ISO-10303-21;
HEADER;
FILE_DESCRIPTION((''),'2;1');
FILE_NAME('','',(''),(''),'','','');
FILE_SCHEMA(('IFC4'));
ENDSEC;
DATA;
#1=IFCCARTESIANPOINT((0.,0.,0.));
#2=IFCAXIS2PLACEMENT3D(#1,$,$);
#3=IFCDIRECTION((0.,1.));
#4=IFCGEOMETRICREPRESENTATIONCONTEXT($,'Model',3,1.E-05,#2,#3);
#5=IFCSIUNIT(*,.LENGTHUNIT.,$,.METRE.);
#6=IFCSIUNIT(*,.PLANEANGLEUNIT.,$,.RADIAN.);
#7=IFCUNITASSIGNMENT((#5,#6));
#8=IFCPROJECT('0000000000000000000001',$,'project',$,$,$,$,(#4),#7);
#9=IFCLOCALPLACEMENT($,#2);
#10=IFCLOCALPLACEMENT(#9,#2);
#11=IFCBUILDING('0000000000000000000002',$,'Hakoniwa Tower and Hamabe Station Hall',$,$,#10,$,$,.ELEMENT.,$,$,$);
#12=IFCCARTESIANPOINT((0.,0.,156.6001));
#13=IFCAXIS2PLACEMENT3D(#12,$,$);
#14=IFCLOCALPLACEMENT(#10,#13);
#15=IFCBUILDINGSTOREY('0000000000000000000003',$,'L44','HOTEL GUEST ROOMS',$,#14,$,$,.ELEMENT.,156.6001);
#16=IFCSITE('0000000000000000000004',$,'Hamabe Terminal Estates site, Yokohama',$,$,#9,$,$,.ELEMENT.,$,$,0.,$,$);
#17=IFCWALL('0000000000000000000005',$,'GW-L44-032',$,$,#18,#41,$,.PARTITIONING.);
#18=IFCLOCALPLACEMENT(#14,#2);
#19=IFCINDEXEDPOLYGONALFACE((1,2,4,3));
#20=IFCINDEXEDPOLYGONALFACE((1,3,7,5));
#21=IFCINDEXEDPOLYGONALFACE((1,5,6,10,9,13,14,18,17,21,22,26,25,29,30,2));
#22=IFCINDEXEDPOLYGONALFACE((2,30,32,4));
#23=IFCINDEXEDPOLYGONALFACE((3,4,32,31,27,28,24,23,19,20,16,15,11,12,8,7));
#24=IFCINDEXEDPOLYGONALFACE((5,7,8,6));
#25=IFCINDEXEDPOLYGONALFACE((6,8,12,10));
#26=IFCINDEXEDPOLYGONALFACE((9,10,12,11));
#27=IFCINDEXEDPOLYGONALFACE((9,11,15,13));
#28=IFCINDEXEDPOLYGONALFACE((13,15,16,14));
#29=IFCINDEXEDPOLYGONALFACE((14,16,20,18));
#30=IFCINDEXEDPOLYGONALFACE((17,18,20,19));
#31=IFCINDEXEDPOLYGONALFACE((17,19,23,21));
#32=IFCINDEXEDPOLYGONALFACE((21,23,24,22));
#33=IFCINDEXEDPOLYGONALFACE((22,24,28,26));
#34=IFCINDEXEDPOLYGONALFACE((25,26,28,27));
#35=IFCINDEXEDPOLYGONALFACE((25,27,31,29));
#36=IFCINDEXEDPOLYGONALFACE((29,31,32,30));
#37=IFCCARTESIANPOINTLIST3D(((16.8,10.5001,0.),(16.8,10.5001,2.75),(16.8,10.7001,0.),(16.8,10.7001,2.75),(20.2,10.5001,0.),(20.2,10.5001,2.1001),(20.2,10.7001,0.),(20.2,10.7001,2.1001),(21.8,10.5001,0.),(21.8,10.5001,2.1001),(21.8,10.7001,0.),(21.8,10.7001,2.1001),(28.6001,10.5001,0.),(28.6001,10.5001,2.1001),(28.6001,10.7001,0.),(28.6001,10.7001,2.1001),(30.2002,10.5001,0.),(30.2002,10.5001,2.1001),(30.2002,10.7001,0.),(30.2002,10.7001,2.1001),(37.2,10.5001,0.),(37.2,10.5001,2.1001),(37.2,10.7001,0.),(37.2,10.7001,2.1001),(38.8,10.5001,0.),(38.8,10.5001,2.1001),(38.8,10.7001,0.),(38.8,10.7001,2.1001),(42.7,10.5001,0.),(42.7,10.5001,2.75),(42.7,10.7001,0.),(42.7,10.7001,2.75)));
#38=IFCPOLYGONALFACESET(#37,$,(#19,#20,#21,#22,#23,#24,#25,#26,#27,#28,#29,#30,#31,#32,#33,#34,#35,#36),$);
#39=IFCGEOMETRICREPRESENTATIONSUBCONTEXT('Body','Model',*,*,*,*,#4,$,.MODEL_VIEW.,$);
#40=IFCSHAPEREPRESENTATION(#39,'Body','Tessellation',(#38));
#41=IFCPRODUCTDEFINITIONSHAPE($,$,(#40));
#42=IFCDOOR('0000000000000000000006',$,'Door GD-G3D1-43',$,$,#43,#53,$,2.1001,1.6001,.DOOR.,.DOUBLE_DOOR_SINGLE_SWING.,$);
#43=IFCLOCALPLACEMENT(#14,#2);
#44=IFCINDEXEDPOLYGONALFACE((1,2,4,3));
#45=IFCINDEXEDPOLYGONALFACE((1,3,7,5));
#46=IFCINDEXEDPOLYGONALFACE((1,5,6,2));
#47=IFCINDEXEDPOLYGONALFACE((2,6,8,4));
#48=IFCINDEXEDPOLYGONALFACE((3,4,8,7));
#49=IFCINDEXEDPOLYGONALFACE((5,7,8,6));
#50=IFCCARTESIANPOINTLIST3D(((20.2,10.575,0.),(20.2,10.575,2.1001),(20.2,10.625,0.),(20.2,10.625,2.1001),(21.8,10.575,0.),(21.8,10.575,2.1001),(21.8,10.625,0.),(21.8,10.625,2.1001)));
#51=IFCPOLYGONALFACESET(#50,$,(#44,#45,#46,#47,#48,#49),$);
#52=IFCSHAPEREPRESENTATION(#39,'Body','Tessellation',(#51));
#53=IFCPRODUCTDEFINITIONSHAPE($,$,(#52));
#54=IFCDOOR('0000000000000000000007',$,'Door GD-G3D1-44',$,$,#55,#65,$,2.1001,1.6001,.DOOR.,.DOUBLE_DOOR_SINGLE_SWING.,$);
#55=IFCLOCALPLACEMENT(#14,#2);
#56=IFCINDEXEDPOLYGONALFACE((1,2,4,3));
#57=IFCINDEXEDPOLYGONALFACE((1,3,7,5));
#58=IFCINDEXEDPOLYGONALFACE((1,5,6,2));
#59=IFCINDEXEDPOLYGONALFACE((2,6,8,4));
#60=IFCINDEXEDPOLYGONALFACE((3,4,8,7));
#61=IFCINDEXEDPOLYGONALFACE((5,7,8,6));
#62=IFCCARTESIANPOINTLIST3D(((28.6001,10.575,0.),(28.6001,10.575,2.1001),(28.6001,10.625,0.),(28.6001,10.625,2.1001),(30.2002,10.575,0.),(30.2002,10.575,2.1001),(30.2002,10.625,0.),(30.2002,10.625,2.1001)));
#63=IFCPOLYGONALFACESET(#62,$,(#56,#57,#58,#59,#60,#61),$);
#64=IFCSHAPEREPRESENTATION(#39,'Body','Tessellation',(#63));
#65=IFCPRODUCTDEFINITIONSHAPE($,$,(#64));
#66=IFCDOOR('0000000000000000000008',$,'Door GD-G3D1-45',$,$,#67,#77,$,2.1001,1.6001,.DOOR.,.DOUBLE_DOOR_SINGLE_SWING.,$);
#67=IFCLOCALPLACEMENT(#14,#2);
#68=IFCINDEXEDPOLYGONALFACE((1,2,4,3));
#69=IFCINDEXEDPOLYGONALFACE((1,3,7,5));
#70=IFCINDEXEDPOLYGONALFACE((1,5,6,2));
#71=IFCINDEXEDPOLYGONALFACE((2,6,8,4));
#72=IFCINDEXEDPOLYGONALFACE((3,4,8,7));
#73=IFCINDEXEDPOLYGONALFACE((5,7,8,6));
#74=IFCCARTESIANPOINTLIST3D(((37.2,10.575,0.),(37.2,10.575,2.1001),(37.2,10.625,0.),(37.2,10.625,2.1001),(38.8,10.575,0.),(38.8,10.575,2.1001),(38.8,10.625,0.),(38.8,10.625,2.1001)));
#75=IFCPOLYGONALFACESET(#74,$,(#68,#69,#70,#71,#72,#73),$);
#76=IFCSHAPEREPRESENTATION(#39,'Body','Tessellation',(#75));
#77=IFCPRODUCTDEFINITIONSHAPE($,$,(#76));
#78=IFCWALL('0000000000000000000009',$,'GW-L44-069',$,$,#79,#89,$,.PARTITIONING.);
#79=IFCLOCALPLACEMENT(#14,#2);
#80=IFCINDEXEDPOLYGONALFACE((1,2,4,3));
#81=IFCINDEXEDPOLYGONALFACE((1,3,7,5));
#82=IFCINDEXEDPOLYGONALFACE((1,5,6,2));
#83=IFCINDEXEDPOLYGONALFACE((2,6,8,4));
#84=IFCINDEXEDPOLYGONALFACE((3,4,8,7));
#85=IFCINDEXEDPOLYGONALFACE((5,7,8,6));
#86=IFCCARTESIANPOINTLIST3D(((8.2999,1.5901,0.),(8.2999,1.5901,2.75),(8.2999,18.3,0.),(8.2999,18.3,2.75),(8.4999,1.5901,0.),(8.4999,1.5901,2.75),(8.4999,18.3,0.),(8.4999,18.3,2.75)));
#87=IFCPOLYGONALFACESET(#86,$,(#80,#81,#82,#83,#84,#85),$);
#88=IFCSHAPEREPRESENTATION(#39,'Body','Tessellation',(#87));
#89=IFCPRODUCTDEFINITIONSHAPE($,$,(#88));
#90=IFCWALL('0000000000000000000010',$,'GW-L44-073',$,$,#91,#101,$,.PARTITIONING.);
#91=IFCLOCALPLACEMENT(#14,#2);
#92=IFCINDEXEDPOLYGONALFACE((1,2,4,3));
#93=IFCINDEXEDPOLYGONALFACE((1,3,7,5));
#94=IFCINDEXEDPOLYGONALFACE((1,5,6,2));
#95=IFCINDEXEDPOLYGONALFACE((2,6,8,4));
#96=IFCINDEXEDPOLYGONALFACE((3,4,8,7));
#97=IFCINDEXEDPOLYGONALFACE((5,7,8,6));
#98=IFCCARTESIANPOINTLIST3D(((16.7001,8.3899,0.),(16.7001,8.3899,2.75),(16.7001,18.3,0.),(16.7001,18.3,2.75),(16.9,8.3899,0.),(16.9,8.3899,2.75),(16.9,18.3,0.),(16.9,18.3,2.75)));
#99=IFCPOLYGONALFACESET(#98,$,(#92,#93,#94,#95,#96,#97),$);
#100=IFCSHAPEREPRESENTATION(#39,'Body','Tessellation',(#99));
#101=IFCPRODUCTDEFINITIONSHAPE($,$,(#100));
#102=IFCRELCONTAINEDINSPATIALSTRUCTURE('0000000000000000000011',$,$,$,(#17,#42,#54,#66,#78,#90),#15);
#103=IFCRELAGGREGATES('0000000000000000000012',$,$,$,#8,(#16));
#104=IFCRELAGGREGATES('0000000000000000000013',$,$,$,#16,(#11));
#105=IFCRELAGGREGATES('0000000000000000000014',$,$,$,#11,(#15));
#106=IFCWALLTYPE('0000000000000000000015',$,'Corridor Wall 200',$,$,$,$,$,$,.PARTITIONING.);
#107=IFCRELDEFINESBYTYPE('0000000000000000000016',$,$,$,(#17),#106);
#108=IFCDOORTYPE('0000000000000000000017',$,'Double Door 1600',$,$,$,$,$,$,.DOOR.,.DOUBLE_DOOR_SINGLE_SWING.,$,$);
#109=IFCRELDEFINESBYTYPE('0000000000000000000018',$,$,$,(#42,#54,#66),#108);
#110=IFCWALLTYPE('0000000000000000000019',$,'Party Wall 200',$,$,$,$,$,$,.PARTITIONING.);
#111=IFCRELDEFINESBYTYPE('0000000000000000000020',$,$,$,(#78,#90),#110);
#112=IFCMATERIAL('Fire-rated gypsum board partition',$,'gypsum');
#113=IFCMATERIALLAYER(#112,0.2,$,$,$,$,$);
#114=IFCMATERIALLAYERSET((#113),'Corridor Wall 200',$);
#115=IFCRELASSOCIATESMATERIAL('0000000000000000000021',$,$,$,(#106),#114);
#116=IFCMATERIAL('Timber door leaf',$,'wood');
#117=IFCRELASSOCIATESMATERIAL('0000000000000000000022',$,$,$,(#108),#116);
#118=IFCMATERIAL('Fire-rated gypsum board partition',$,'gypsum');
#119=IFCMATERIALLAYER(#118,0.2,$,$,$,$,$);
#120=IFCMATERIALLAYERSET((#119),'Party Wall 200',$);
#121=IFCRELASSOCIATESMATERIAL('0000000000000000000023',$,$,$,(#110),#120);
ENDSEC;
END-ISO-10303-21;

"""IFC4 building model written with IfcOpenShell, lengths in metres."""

from ifc_helpers import new_model, si_unit, direction, frame, frame_2d, origin, place, context, subcontext, project, spatial, rectangle, extrude, material, layer, layer_set, type_object, element, fill, save


model = new_model("IFC4")

# Units and contexts
model_context = context("Model", 3, precision=1e-05, world=origin(), true_north=direction((0.0, 1.0)))
body_context = subcontext(model_context, "Body", "Model", "MODEL_VIEW")
ifc_project = project(units=[si_unit("LENGTHUNIT", "METRE"), si_unit("PLANEANGLEUNIT", "RADIAN")], contexts=[model_context])

# Site, building, storey
site_placement = place(None, origin())
site = spatial("IfcSite", under=ifc_project, at=site_placement, Name="Hamabe Terminal Estates site, Yokohama", CompositionType="ELEMENT", RefElevation=0.0)
building_placement = place(site_placement, origin())
building = spatial("IfcBuilding", under=site, at=building_placement, Name="Hakoniwa Tower and Hamabe Station Hall", CompositionType="ELEMENT")
storey_placement = place(building_placement, frame((0.0, 0.0, 156.6001)))
storey = spatial("IfcBuildingStorey", under=building, at=storey_placement, Name="L44", Description="HOTEL GUEST ROOMS", CompositionType="ELEMENT", Elevation=156.6001)

# Wall, openings, doors
ifc_material_1 = material(Name="Fire-rated gypsum board partition", Category="gypsum")
ifc_layer_1 = layer(ifc_material_1, 0.2)
ifc_layer_set_1 = layer_set([ifc_layer_1], Name="Corridor Wall 200")
wall_type_1 = type_object("IfcWallType", Name="Corridor Wall 200", PredefinedType="PARTITIONING", material=ifc_layer_set_1)
wall_1_placement = place(storey_placement, frame((16.8, 10.6001, 0.0), z_axis=(0.0, 0.0, 1.0), x_axis=(1.0, 0.0, 0.0)))
wall_1 = element("IfcWall", 1, at=wall_1_placement, inside=storey, type_object=wall_type_1, Name="GW-L44-032", PredefinedType="PARTITIONING", context=body_context, shape_type="SweptSolid", body=[
    extrude(rectangle(XDim=25.8999, YDim=0.2, at=frame_2d((12.95, 0.0))), origin(), (0.0, 0.0, 1.0), 2.75),
])
opening_1_placement = place(wall_1_placement, frame((3.3999, 0.0, 0.0)))
opening_1 = element("IfcOpeningElement", 2, at=opening_1_placement, cuts=wall_1, PredefinedType="OPENING", context=body_context, shape_type="SweptSolid", body=[
    extrude(rectangle(XDim=1.6001, YDim=2.1001, at=frame_2d((0.8, 1.05))), frame((0.0, 0.1099, 0.0), z_axis=(0.0, -1.0, 0.0), x_axis=(1.0, 0.0, 0.0)), (0.0, 0.0, 1.0), 0.22),
])
opening_2_placement = place(wall_1_placement, frame((11.8, 0.0, 0.0)))
opening_2 = element("IfcOpeningElement", 3, at=opening_2_placement, cuts=wall_1, PredefinedType="OPENING", context=body_context, shape_type="SweptSolid", body=[
    extrude(rectangle(XDim=1.6001, YDim=2.1001, at=frame_2d((0.8, 1.05))), frame((0.0, 0.1099, 0.0), z_axis=(0.0, -1.0, 0.0), x_axis=(1.0, 0.0, 0.0)), (0.0, 0.0, 1.0), 0.22),
])
opening_3_placement = place(wall_1_placement, frame((20.3999, 0.0, 0.0)))
opening_3 = element("IfcOpeningElement", 4, at=opening_3_placement, cuts=wall_1, PredefinedType="OPENING", context=body_context, shape_type="SweptSolid", body=[
    extrude(rectangle(XDim=1.6001, YDim=2.1001, at=frame_2d((0.8, 1.05))), frame((0.0, 0.1099, 0.0), z_axis=(0.0, -1.0, 0.0), x_axis=(1.0, 0.0, 0.0)), (0.0, 0.0, 1.0), 0.22),
])
ifc_material_2 = material(Name="Timber door leaf", Category="wood")
door_type_1 = type_object("IfcDoorType", Name="Double Door 1600", OperationType="DOUBLE_DOOR_SINGLE_SWING", PredefinedType="DOOR", material=ifc_material_2)
door_1_placement = place(opening_1_placement, origin())
door_1 = element("IfcDoor", 5, at=door_1_placement, inside=storey, type_object=door_type_1, Name="Door GD-G3D1-43", OperationType="DOUBLE_DOOR_SINGLE_SWING", OverallHeight=2.1001, OverallWidth=1.6001, PredefinedType="DOOR", context=body_context, shape_type="SweptSolid", body=[
    extrude(rectangle(XDim=1.6001, YDim=2.1001, at=frame_2d((0.8, 1.05))), frame((0.0, 0.0249, 0.0), z_axis=(0.0, -1.0, 0.0), x_axis=(1.0, 0.0, 0.0)), (0.0, 0.0, 1.0), 0.05),
])
fill(opening_1, door_1)
door_2_placement = place(opening_2_placement, origin())
door_2 = element("IfcDoor", 6, at=door_2_placement, inside=storey, type_object=door_type_1, Name="Door GD-G3D1-44", OperationType="DOUBLE_DOOR_SINGLE_SWING", OverallHeight=2.1001, OverallWidth=1.6001, PredefinedType="DOOR", context=body_context, shape_type="SweptSolid", body=[
    extrude(rectangle(XDim=1.6001, YDim=2.1001, at=frame_2d((0.8, 1.05))), frame((0.0, 0.0249, 0.0), z_axis=(0.0, -1.0, 0.0), x_axis=(1.0, 0.0, 0.0)), (0.0, 0.0, 1.0), 0.05),
])
fill(opening_2, door_2)
door_3_placement = place(opening_3_placement, origin())
door_3 = element("IfcDoor", 7, at=door_3_placement, inside=storey, type_object=door_type_1, Name="Door GD-G3D1-45", OperationType="DOUBLE_DOOR_SINGLE_SWING", OverallHeight=2.1001, OverallWidth=1.6001, PredefinedType="DOOR", context=body_context, shape_type="SweptSolid", body=[
    extrude(rectangle(XDim=1.6001, YDim=2.1001, at=frame_2d((0.8, 1.05))), frame((0.0, 0.0249, 0.0), z_axis=(0.0, -1.0, 0.0), x_axis=(1.0, 0.0, 0.0)), (0.0, 0.0, 1.0), 0.05),
])
fill(opening_3, door_3)

# Walls
ifc_material_3 = material(Name="Fire-rated gypsum board partition", Category="gypsum")
ifc_layer_2 = layer(ifc_material_3, 0.2)
ifc_layer_set_2 = layer_set([ifc_layer_2], Name="Party Wall 200")
wall_type_2 = type_object("IfcWallType", Name="Party Wall 200", PredefinedType="PARTITIONING", material=ifc_layer_set_2)
wall_2_placement = place(storey_placement, frame((8.3999, 1.5901, 0.0), z_axis=(0.0, 0.0, 1.0), x_axis=(0.0, 1.0, 0.0)))
element("IfcWall", 8, at=wall_2_placement, inside=storey, type_object=wall_type_2, Name="GW-L44-069", PredefinedType="PARTITIONING", context=body_context, shape_type="SweptSolid", body=[
    extrude(rectangle(XDim=16.71, YDim=0.2, at=frame_2d((8.355, 0.0))), origin(), (0.0, 0.0, 1.0), 2.75),
])
wall_3_placement = place(storey_placement, frame((16.8, 8.3899, 0.0), z_axis=(0.0, 0.0, 1.0), x_axis=(0.0, 1.0, 0.0)))
element("IfcWall", 9, at=wall_3_placement, inside=storey, type_object=wall_type_2, Name="GW-L44-073", PredefinedType="PARTITIONING", context=body_context, shape_type="SweptSolid", body=[
    extrude(rectangle(XDim=9.9102, YDim=0.2, at=frame_2d((4.9551, 0.0))), origin(), (0.0, 0.0, 1.0), 2.75),
])

save(model, "model.ifc")
